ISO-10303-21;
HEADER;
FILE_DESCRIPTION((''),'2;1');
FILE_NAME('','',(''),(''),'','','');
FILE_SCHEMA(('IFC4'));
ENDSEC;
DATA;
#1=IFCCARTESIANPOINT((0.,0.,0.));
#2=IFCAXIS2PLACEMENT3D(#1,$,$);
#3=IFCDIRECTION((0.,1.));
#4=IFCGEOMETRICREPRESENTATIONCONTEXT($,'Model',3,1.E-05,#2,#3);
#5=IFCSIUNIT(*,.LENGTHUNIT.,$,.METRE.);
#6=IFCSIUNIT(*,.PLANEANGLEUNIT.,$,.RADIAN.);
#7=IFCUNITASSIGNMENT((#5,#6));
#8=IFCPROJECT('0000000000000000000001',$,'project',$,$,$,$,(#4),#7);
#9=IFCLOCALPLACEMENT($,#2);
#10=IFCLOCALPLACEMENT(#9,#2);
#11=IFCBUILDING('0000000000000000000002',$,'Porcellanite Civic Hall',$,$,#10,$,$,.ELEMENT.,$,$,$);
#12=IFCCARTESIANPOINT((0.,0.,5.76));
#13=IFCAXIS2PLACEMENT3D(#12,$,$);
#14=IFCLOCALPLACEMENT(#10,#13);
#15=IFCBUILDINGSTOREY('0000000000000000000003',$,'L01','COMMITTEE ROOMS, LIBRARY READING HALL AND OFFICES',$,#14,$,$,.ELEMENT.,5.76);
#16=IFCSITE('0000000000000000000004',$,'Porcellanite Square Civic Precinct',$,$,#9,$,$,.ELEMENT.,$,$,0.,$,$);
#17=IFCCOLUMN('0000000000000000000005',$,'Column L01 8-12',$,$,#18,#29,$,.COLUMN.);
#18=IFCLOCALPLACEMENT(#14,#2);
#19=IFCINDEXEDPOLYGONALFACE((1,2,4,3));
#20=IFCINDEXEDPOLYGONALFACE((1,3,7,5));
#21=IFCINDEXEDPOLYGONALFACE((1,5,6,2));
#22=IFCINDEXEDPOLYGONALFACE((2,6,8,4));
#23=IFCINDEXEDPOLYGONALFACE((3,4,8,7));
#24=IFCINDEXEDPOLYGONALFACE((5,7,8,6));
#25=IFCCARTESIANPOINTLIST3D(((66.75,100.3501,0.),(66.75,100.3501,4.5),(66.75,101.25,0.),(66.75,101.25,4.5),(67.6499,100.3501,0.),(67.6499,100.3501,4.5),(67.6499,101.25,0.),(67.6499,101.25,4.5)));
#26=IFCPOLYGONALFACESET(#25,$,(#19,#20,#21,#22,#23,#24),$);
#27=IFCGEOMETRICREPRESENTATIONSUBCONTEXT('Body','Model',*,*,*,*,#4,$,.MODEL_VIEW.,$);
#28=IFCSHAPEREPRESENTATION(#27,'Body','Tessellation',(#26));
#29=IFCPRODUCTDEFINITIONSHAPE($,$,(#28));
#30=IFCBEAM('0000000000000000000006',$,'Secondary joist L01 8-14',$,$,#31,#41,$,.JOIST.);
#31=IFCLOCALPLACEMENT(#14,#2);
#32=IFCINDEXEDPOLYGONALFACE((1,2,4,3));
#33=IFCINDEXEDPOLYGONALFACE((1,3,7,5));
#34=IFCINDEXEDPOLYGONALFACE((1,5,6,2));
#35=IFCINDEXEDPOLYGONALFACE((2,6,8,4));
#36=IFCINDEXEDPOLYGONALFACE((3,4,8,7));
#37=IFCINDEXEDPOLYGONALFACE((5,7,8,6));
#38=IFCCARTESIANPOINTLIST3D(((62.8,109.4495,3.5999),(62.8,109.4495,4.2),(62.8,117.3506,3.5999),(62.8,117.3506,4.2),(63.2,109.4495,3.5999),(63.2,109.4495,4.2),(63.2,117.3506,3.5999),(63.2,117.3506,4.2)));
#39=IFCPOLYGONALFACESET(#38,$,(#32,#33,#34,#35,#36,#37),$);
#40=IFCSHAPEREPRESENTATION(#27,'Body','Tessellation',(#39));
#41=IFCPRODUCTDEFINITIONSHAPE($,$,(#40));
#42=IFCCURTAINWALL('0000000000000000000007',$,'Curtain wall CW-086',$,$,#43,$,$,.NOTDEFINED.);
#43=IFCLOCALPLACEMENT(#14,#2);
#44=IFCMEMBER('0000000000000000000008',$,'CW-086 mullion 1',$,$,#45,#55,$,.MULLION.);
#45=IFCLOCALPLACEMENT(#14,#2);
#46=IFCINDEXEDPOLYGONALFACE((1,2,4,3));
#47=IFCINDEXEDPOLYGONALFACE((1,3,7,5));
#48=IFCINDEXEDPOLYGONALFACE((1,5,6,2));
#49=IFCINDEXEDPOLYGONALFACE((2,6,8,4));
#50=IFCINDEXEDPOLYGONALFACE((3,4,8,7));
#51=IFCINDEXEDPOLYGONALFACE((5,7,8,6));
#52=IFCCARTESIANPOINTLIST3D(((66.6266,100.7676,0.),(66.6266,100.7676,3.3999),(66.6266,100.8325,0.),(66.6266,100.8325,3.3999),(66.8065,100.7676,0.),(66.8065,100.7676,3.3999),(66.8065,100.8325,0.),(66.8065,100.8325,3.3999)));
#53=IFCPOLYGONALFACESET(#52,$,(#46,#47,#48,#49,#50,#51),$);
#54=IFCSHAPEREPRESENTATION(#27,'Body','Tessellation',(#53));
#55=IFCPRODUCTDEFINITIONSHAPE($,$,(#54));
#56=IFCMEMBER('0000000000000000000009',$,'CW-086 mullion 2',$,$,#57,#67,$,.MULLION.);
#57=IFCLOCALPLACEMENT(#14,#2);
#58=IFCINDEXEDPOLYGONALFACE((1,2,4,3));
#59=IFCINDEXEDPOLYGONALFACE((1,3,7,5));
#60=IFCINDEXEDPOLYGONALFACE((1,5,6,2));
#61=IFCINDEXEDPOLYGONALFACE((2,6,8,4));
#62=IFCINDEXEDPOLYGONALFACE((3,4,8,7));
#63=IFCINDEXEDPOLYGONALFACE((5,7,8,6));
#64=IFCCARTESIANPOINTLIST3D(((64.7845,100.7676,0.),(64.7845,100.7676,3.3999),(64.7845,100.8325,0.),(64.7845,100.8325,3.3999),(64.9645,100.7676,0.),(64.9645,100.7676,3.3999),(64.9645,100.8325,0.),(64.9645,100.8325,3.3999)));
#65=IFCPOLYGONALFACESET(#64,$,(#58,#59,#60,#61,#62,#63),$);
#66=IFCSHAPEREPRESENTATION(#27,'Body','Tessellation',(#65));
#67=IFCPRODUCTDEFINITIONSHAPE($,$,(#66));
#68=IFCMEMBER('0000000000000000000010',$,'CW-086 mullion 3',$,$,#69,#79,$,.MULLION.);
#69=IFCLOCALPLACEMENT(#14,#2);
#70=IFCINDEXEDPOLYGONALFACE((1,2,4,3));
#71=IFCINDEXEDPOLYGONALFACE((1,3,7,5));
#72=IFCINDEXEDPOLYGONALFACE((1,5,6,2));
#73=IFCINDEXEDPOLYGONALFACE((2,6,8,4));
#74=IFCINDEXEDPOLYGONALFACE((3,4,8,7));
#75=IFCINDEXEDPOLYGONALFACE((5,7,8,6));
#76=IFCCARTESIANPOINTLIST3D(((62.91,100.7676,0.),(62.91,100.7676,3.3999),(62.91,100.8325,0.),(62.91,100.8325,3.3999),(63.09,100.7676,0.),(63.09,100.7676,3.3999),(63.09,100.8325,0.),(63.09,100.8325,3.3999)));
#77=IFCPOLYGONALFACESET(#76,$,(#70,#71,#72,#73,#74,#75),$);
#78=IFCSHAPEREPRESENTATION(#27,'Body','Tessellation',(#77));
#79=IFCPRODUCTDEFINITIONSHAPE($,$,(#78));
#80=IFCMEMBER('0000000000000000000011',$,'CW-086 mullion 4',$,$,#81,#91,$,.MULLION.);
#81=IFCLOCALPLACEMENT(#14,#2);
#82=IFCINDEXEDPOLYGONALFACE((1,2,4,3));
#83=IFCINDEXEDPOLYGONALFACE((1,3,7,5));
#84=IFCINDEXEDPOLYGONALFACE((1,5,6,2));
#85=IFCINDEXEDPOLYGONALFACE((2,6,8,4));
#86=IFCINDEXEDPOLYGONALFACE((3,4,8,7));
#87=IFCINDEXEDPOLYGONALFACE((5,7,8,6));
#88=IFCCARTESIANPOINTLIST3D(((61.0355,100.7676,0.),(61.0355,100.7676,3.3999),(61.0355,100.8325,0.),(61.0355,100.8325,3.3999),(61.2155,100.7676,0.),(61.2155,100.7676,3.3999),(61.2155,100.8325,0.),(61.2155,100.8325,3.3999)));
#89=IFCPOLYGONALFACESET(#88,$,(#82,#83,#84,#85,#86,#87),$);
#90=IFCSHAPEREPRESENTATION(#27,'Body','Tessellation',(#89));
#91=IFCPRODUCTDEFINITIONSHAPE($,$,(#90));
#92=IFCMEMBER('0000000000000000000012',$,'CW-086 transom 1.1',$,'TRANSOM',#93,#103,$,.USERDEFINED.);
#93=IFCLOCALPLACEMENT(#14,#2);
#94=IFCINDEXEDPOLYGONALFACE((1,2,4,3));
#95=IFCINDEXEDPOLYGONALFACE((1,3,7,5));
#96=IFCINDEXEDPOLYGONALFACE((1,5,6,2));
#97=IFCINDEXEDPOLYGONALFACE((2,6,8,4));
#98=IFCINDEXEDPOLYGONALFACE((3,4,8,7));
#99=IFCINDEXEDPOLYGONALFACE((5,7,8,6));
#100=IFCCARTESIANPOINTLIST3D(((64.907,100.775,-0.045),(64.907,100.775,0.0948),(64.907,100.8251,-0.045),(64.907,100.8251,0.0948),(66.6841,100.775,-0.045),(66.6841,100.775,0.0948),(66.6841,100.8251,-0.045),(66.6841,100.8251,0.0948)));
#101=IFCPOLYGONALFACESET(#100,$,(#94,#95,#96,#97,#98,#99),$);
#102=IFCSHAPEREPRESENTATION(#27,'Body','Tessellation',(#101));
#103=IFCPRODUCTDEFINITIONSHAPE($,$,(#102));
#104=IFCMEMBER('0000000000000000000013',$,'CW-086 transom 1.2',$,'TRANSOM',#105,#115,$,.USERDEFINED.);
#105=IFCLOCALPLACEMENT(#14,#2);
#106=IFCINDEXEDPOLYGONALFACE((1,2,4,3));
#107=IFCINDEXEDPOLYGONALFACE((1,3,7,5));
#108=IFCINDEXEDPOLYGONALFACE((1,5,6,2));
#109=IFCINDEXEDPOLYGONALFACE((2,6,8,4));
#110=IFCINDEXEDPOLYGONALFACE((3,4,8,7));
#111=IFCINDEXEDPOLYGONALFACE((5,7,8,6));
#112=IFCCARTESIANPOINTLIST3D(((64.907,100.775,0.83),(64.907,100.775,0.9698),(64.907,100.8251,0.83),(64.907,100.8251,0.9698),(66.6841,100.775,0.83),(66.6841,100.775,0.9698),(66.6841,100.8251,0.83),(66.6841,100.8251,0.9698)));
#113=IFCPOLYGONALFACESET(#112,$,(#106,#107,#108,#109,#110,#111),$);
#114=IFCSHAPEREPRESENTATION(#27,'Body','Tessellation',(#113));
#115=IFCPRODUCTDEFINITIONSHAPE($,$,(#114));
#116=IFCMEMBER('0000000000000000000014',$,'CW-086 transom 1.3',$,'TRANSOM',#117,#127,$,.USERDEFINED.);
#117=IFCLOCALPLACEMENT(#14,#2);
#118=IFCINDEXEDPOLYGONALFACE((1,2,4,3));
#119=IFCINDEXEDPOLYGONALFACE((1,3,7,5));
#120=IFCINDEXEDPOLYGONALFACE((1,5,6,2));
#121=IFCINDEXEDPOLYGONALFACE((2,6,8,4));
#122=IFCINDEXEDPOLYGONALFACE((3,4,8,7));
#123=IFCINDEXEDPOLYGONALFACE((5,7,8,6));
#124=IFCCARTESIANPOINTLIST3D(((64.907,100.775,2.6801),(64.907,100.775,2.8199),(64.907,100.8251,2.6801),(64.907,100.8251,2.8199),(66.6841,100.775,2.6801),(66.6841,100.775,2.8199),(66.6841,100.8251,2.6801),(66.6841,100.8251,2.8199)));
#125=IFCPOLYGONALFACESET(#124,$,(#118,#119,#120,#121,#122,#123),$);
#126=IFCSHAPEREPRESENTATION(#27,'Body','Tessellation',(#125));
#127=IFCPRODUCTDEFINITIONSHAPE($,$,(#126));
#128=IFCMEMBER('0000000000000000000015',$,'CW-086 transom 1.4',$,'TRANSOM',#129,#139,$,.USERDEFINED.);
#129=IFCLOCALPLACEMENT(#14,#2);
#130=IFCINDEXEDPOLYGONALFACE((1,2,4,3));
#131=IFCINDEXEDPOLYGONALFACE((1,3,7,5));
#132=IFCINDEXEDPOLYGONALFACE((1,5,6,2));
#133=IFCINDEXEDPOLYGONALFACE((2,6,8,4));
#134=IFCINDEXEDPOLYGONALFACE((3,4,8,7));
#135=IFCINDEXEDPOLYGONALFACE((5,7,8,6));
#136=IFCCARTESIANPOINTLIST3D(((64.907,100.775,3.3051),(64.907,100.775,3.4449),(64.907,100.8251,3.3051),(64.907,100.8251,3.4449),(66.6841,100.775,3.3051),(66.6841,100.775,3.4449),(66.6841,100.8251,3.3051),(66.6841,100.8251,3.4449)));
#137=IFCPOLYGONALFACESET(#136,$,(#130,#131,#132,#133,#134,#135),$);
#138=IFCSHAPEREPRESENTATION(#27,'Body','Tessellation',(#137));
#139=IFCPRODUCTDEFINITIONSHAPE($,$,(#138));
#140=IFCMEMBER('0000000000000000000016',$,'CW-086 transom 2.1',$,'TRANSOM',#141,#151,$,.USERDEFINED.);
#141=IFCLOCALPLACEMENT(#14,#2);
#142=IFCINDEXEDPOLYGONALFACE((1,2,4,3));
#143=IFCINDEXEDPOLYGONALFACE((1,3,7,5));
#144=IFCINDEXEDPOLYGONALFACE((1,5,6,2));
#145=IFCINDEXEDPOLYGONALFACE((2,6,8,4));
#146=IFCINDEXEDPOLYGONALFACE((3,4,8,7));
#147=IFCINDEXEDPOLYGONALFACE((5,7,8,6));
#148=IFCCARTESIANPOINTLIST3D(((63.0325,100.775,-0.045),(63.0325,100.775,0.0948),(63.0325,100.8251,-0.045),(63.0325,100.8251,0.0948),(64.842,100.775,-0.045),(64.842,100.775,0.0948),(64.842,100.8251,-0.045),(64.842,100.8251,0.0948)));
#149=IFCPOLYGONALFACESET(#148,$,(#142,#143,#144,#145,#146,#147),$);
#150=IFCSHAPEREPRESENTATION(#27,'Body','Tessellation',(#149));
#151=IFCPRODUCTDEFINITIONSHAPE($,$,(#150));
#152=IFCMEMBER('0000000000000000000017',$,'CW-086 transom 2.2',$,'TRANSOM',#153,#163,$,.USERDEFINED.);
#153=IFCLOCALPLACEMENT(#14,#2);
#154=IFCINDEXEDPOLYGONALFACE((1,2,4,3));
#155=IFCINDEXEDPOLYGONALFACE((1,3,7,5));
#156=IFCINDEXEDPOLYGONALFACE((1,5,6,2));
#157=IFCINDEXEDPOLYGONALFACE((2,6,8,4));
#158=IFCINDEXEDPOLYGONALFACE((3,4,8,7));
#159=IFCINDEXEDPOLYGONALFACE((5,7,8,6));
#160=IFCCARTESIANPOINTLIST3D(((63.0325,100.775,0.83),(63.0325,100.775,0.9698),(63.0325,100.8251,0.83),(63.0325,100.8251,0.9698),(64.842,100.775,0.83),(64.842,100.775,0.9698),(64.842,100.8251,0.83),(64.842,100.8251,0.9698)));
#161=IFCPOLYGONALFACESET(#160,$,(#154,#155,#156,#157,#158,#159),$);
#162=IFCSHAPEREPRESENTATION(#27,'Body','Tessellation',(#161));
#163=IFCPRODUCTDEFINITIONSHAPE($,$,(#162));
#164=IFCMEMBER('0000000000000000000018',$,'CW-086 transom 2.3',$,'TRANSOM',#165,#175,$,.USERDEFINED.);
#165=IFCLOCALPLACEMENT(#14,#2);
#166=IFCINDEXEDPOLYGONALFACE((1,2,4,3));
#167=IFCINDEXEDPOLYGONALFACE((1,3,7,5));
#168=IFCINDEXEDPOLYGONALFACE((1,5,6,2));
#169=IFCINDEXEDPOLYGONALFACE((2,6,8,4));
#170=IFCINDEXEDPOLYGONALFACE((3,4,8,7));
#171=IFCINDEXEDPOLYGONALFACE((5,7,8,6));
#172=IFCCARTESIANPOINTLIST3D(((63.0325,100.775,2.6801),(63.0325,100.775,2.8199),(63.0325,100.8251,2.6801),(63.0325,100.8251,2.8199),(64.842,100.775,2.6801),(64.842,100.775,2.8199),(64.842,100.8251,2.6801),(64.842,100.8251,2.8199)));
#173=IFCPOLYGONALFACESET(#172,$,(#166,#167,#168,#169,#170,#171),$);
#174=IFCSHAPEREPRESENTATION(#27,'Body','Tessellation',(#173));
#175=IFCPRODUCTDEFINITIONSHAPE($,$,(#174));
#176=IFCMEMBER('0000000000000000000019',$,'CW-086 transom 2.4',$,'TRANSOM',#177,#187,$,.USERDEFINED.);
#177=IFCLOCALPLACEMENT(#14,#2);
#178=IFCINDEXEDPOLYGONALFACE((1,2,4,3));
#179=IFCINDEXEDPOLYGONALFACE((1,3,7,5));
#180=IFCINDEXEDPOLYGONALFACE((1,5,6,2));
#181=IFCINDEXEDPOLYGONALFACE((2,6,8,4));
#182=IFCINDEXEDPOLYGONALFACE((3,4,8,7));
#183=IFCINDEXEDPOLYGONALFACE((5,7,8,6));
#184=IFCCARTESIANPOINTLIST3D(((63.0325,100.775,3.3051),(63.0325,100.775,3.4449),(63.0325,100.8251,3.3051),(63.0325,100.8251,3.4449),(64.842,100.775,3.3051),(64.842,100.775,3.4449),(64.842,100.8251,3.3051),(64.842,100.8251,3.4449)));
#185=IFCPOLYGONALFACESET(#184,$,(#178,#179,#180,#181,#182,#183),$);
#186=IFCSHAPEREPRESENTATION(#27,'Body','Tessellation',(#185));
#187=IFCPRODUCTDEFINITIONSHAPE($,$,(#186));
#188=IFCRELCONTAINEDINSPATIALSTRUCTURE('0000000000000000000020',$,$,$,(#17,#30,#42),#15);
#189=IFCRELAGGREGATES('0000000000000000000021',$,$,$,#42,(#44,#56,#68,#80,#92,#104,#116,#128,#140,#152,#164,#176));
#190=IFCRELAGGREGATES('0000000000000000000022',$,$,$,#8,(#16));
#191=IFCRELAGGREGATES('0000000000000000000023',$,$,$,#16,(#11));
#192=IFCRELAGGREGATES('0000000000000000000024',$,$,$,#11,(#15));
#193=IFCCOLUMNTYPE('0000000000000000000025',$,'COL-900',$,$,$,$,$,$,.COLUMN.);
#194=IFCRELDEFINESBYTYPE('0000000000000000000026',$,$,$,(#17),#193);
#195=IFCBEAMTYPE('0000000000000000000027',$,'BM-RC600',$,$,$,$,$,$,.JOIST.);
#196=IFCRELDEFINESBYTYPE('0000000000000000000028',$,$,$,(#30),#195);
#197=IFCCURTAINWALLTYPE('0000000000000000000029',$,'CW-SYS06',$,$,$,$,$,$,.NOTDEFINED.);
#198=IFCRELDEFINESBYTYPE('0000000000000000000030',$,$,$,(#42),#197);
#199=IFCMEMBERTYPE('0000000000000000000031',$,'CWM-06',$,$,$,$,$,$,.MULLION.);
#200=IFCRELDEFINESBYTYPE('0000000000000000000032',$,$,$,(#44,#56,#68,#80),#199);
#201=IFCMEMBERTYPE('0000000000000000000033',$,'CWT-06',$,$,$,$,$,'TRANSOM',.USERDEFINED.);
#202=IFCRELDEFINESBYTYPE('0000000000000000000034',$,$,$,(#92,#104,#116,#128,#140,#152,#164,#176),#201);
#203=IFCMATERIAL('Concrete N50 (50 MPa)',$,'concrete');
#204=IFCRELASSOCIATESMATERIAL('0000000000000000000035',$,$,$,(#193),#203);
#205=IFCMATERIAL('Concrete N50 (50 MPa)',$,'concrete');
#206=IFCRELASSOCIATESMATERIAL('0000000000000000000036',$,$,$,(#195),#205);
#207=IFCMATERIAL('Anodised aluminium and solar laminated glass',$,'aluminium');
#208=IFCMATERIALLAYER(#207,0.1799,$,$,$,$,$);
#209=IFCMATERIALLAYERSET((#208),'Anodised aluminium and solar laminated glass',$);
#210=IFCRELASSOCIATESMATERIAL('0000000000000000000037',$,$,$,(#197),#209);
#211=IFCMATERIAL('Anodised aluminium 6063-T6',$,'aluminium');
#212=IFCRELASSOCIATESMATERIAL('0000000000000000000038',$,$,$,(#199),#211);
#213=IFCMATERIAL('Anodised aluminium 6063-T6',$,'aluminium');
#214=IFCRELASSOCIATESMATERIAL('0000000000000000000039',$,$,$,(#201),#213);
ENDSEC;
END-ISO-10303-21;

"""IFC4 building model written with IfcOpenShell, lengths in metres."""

from ifc_helpers import new_model, si_unit, direction, frame, origin, origin_2d, place, context, subcontext, project, spatial, rectangle, extrude, material, layer, layer_set, material_profile, profile_set, type_object, element, aggregate, save


model = new_model("IFC4")

# Units and contexts
model_context = context("Model", 3, precision=1e-05, world=origin(), true_north=direction((0.0, 1.0)))
body_context = subcontext(model_context, "Body", "Model", "MODEL_VIEW")
ifc_project = project(units=[si_unit("LENGTHUNIT", "METRE"), si_unit("PLANEANGLEUNIT", "RADIAN")], contexts=[model_context])

# Site, building, storey
site_placement = place(None, origin())
site = spatial("IfcSite", under=ifc_project, at=site_placement, Name="Porcellanite Square Civic Precinct", CompositionType="ELEMENT", RefElevation=0.0)
building_placement = place(site_placement, origin())
building = spatial("IfcBuilding", under=site, at=building_placement, Name="Porcellanite Civic Hall", CompositionType="ELEMENT")
storey_placement = place(building_placement, frame((0.0, 0.0, 5.76)))
storey = spatial("IfcBuildingStorey", under=building, at=storey_placement, Name="L01", Description="COMMITTEE ROOMS, LIBRARY READING HALL AND OFFICES", CompositionType="ELEMENT", Elevation=5.76)

# Column
ifc_material_1 = material(Name="Concrete N50 (50 MPa)", Category="concrete")
ifc_material_profile_1 = material_profile(ifc_material_1, rectangle(XDim=0.8999, YDim=0.8999, at=origin_2d()), Name="RC-900x900")
ifc_profile_set_1 = profile_set([ifc_material_profile_1], Name="Concrete N50 (50 MPa)")
column_type = type_object("IfcColumnType", Name="COL-900", PredefinedType="COLUMN", material=ifc_profile_set_1)
column_placement = place(storey_placement, frame((67.2, 100.8, 0.0), z_axis=(0.0, 0.0, 1.0), x_axis=(1.0, 0.0, 0.0)))
element("IfcColumn", 1, at=column_placement, inside=storey, type_object=column_type, Name="Column L01 8-12", PredefinedType="COLUMN", context=body_context, shape_type="SweptSolid", body=[
    extrude(rectangle(XDim=0.8999, YDim=0.8999, at=origin_2d()), origin(), (0.0, 0.0, 1.0), 4.5),
])

# Beam
ifc_material_2 = material(Name="Concrete N50 (50 MPa)", Category="concrete")
ifc_material_profile_2 = material_profile(ifc_material_2, rectangle(XDim=0.3999, YDim=0.6001, at=origin_2d()), Name="RC-400x600")
ifc_profile_set_2 = profile_set([ifc_material_profile_2], Name="Concrete N50 (50 MPa)")
beam_type_1 = type_object("IfcBeamType", Name="BM-RC600", PredefinedType="JOIST", material=ifc_profile_set_2)
beam_1_placement = place(storey_placement, frame((63.0, 109.4495, 3.8999), z_axis=(0.0, 1.0, 0.0), x_axis=(-1.0, 0.0, 0.0)))
element("IfcBeam", 2, at=beam_1_placement, inside=storey, type_object=beam_type_1, Name="Secondary joist L01 8-14", PredefinedType="JOIST", context=body_context, shape_type="SweptSolid", body=[
    extrude(rectangle(XDim=0.3999, YDim=0.6001, at=origin_2d()), origin(), (0.0, 0.0, 1.0), 7.9011),
])

# Curtain wall, members
ifc_material_3 = material(Name="Anodised aluminium and solar laminated glass", Category="aluminium")
ifc_layer_1 = layer(ifc_material_3, 0.1799)
ifc_layer_set_1 = layer_set([ifc_layer_1], Name="Anodised aluminium and solar laminated glass")
curtain_wall_type = type_object("IfcCurtainWallType", Name="CW-SYS06", PredefinedType="NOTDEFINED", material=ifc_layer_set_1)
curtain_wall_placement = place(storey_placement, origin())
curtain_wall = element("IfcCurtainWall", 3, at=curtain_wall_placement, inside=storey, type_object=curtain_wall_type, Name="Curtain wall CW-086", PredefinedType="NOTDEFINED")
ifc_material_4 = material(Name="Anodised aluminium 6063-T6", Category="aluminium")
ifc_material_profile_3 = material_profile(ifc_material_4, rectangle(XDim=0.0649, YDim=0.1799, at=origin_2d()), Name="AL-65x180")
ifc_profile_set_3 = profile_set([ifc_material_profile_3], Name="Anodised aluminium 6063-T6")
member_type_1 = type_object("IfcMemberType", Name="CWM-06", PredefinedType="MULLION", material=ifc_profile_set_3)
member_1_placement = place(storey_placement, frame((66.7166, 100.8, 0.0), z_axis=(0.0, 0.0, 1.0), x_axis=(0.0, -1.0, 0.0)))
member_1 = element("IfcMember", 4, at=member_1_placement, type_object=member_type_1, Name="CW-086 mullion 1", PredefinedType="MULLION", context=body_context, shape_type="SweptSolid", body=[
    extrude(rectangle(XDim=0.0649, YDim=0.1799, at=origin_2d()), origin(), (0.0, 0.0, 1.0), 3.3999),
])
member_2_placement = place(storey_placement, frame((64.8745, 100.8, 0.0), z_axis=(0.0, 0.0, 1.0), x_axis=(0.0, -1.0, 0.0)))
member_2 = element("IfcMember", 5, at=member_2_placement, type_object=member_type_1, Name="CW-086 mullion 2", PredefinedType="MULLION", context=body_context, shape_type="SweptSolid", body=[
    extrude(rectangle(XDim=0.0649, YDim=0.1799, at=origin_2d()), origin(), (0.0, 0.0, 1.0), 3.3999),
])
member_3_placement = place(storey_placement, frame((63.0, 100.8, 0.0), z_axis=(0.0, 0.0, 1.0), x_axis=(0.0, -1.0, 0.0)))
member_3 = element("IfcMember", 6, at=member_3_placement, type_object=member_type_1, Name="CW-086 mullion 3", PredefinedType="MULLION", context=body_context, shape_type="SweptSolid", body=[
    extrude(rectangle(XDim=0.0649, YDim=0.1799, at=origin_2d()), origin(), (0.0, 0.0, 1.0), 3.3999),
])
member_4_placement = place(storey_placement, frame((61.1255, 100.8, 0.0), z_axis=(0.0, 0.0, 1.0), x_axis=(0.0, -1.0, 0.0)))
member_4 = element("IfcMember", 7, at=member_4_placement, type_object=member_type_1, Name="CW-086 mullion 4", PredefinedType="MULLION", context=body_context, shape_type="SweptSolid", body=[
    extrude(rectangle(XDim=0.0649, YDim=0.1799, at=origin_2d()), origin(), (0.0, 0.0, 1.0), 3.3999),
])
ifc_material_5 = material(Name="Anodised aluminium 6063-T6", Category="aluminium")
ifc_material_profile_4 = material_profile(ifc_material_5, rectangle(XDim=0.05, YDim=0.1399, at=origin_2d()), Name="AL-50x140")
ifc_profile_set_4 = profile_set([ifc_material_profile_4], Name="Anodised aluminium 6063-T6")
member_type_2 = type_object("IfcMemberType", Name="CWT-06", ElementType="TRANSOM", PredefinedType="USERDEFINED", material=ifc_profile_set_4)
member_5_placement = place(storey_placement, frame((66.6841, 100.8, 0.0249), z_axis=(-1.0, 0.0, 0.0), x_axis=(0.0, -1.0, 0.0)))
member_5 = element("IfcMember", 8, at=member_5_placement, type_object=member_type_2, Name="CW-086 transom 1.1", ObjectType="TRANSOM", PredefinedType="USERDEFINED", context=body_context, shape_type="SweptSolid", body=[
    extrude(rectangle(XDim=0.05, YDim=0.1399, at=origin_2d()), origin(), (0.0, 0.0, 1.0), 1.7771),
])
member_6_placement = place(storey_placement, frame((66.6841, 100.8, 0.8999), z_axis=(-1.0, 0.0, 0.0), x_axis=(0.0, -1.0, 0.0)))
member_6 = element("IfcMember", 9, at=member_6_placement, type_object=member_type_2, Name="CW-086 transom 1.2", ObjectType="TRANSOM", PredefinedType="USERDEFINED", context=body_context, shape_type="SweptSolid", body=[
    extrude(rectangle(XDim=0.05, YDim=0.1399, at=origin_2d()), origin(), (0.0, 0.0, 1.0), 1.7771),
])
member_7_placement = place(storey_placement, frame((66.6841, 100.8, 2.75), z_axis=(-1.0, 0.0, 0.0), x_axis=(0.0, -1.0, 0.0)))
member_7 = element("IfcMember", 10, at=member_7_placement, type_object=member_type_2, Name="CW-086 transom 1.3", ObjectType="TRANSOM", PredefinedType="USERDEFINED", context=body_context, shape_type="SweptSolid", body=[
    extrude(rectangle(XDim=0.05, YDim=0.1399, at=origin_2d()), origin(), (0.0, 0.0, 1.0), 1.7771),
])
member_8_placement = place(storey_placement, frame((66.6841, 100.8, 3.375), z_axis=(-1.0, 0.0, 0.0), x_axis=(0.0, -1.0, 0.0)))
member_8 = element("IfcMember", 11, at=member_8_placement, type_object=member_type_2, Name="CW-086 transom 1.4", ObjectType="TRANSOM", PredefinedType="USERDEFINED", context=body_context, shape_type="SweptSolid", body=[
    extrude(rectangle(XDim=0.05, YDim=0.1399, at=origin_2d()), origin(), (0.0, 0.0, 1.0), 1.7771),
])
member_9_placement = place(storey_placement, frame((64.842, 100.8, 0.0249), z_axis=(-1.0, 0.0, 0.0), x_axis=(0.0, -1.0, 0.0)))
member_9 = element("IfcMember", 12, at=member_9_placement, type_object=member_type_2, Name="CW-086 transom 2.1", ObjectType="TRANSOM", PredefinedType="USERDEFINED", context=body_context, shape_type="SweptSolid", body=[
    extrude(rectangle(XDim=0.05, YDim=0.1399, at=origin_2d()), origin(), (0.0, 0.0, 1.0), 1.8096),
])
member_10_placement = place(storey_placement, frame((64.842, 100.8, 0.8999), z_axis=(-1.0, 0.0, 0.0), x_axis=(0.0, -1.0, 0.0)))
member_10 = element("IfcMember", 13, at=member_10_placement, type_object=member_type_2, Name="CW-086 transom 2.2", ObjectType="TRANSOM", PredefinedType="USERDEFINED", context=body_context, shape_type="SweptSolid", body=[
    extrude(rectangle(XDim=0.05, YDim=0.1399, at=origin_2d()), origin(), (0.0, 0.0, 1.0), 1.8096),
])
member_11_placement = place(storey_placement, frame((64.842, 100.8, 2.75), z_axis=(-1.0, 0.0, 0.0), x_axis=(0.0, -1.0, 0.0)))
member_11 = element("IfcMember", 14, at=member_11_placement, type_object=member_type_2, Name="CW-086 transom 2.3", ObjectType="TRANSOM", PredefinedType="USERDEFINED", context=body_context, shape_type="SweptSolid", body=[
    extrude(rectangle(XDim=0.05, YDim=0.1399, at=origin_2d()), origin(), (0.0, 0.0, 1.0), 1.8096),
])
member_12_placement = place(storey_placement, frame((64.842, 100.8, 3.375), z_axis=(-1.0, 0.0, 0.0), x_axis=(0.0, -1.0, 0.0)))
member_12 = element("IfcMember", 15, at=member_12_placement, type_object=member_type_2, Name="CW-086 transom 2.4", ObjectType="TRANSOM", PredefinedType="USERDEFINED", context=body_context, shape_type="SweptSolid", body=[
    extrude(rectangle(XDim=0.05, YDim=0.1399, at=origin_2d()), origin(), (0.0, 0.0, 1.0), 1.8096),
])

aggregate(curtain_wall, [member_1, member_2, member_3, member_4, member_5, member_6, member_7, member_8, member_9, member_10, member_11, member_12])

save(model, "model.ifc")
